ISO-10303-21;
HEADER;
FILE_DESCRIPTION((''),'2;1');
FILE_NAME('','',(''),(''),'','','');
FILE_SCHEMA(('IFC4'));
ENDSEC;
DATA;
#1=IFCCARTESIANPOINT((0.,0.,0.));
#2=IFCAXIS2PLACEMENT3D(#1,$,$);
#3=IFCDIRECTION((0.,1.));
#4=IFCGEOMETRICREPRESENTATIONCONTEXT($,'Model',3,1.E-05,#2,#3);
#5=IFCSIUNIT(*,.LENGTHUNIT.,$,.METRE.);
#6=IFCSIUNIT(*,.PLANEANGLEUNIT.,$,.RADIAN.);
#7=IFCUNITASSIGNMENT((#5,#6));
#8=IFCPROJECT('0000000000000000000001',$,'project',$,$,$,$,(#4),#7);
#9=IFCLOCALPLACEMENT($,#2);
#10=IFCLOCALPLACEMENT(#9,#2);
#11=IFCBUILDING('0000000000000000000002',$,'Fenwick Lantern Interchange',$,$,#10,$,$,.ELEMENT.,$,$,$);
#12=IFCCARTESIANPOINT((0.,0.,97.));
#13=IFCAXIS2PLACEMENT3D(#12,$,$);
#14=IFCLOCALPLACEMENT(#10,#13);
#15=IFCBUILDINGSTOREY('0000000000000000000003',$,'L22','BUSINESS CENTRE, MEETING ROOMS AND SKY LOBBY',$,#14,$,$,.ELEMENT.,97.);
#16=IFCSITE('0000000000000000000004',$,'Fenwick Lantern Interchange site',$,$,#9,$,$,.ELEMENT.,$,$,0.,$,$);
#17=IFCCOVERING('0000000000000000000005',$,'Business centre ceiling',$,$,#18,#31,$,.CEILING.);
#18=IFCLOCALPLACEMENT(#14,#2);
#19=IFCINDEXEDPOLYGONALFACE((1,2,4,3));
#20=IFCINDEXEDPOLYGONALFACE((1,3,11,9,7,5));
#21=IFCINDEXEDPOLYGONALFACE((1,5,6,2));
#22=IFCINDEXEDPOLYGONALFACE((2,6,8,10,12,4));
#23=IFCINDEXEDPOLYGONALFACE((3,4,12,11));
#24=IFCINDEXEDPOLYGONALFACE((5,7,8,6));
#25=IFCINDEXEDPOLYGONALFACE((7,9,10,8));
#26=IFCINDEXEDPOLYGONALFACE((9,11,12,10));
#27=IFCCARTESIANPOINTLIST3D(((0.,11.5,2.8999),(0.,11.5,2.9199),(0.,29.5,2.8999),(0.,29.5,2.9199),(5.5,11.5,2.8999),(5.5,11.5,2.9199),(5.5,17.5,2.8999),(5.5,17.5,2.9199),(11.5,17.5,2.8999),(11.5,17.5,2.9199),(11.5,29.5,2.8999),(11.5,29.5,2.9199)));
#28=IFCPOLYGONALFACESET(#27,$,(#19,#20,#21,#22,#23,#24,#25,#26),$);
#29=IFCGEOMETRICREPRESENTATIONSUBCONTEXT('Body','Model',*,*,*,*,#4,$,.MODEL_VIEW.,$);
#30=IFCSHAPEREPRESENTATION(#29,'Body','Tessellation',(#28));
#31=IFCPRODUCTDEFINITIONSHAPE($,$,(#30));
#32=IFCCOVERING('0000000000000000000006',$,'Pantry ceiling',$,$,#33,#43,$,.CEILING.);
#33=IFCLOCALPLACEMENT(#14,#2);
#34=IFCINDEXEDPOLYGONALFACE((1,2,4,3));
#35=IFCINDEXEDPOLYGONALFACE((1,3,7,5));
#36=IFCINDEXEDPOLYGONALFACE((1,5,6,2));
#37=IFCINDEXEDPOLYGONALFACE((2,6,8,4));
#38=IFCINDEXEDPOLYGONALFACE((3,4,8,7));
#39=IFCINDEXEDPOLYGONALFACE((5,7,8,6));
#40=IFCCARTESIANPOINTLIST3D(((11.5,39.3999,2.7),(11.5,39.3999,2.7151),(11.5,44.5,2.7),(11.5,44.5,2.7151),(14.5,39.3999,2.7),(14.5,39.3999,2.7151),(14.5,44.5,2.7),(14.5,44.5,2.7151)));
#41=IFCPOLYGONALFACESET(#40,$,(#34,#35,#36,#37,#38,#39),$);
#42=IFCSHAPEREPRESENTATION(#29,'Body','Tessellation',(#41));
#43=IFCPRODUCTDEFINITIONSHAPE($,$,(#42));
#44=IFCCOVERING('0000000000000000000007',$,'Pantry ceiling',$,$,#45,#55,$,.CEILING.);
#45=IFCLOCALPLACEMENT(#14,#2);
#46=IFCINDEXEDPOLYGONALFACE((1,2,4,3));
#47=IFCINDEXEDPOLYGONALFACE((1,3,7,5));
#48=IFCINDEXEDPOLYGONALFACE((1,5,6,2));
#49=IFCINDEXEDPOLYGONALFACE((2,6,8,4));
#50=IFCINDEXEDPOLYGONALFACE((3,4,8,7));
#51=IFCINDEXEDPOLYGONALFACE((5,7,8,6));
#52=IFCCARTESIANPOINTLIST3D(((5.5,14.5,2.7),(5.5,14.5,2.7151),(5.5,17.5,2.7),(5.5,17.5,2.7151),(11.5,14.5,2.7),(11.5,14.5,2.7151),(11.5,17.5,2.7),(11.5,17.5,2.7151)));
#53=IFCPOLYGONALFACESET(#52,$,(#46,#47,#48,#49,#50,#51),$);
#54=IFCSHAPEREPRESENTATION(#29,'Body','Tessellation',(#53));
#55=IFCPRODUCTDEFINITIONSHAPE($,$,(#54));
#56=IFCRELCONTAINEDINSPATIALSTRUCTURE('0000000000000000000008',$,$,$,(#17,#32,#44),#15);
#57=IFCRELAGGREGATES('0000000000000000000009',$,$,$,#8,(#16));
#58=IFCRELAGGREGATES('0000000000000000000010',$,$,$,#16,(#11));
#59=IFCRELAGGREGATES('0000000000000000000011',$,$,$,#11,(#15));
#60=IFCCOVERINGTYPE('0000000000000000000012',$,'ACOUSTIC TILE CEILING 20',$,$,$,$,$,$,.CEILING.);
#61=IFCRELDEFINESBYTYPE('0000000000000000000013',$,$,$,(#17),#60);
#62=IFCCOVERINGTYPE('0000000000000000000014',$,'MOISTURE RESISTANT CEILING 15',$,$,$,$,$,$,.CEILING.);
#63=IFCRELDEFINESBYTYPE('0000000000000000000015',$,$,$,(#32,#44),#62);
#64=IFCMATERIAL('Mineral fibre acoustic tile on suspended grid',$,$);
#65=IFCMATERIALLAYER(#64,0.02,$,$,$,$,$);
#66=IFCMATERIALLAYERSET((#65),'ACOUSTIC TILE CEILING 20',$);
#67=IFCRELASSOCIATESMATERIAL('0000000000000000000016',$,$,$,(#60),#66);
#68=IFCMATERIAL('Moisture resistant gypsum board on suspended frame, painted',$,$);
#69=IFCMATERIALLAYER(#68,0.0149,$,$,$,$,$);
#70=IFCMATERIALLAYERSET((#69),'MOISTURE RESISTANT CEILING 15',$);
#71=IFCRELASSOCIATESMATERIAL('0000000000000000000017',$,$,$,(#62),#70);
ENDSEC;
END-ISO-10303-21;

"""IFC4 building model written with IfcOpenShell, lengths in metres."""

from ifc_helpers import new_model, si_unit, direction, frame, origin, place, context, subcontext, project, spatial, polyline, outline, extrude, material, layer, layer_set, type_object, element, save


model = new_model("IFC4")

# Units and contexts
model_context = context("Model", 3, precision=1e-05, world=origin(), true_north=direction((0.0, 1.0)))
body_context = subcontext(model_context, "Body", "Model", "MODEL_VIEW")
ifc_project = project(units=[si_unit("LENGTHUNIT", "METRE"), si_unit("PLANEANGLEUNIT", "RADIAN")], contexts=[model_context])

# Site, building, storey
site_placement = place(None, origin())
site = spatial("IfcSite", under=ifc_project, at=site_placement, Name="Fenwick Lantern Interchange site", CompositionType="ELEMENT", RefElevation=0.0)
building_placement = place(site_placement, origin())
building = spatial("IfcBuilding", under=site, at=building_placement, Name="Fenwick Lantern Interchange", CompositionType="ELEMENT")
storey_placement = place(building_placement, frame((0.0, 0.0, 97.0)))
storey = spatial("IfcBuildingStorey", under=building, at=storey_placement, Name="L22", Description="BUSINESS CENTRE, MEETING ROOMS AND SKY LOBBY", CompositionType="ELEMENT", Elevation=97.0)

# Coverings
ifc_material_1 = material(Name="Mineral fibre acoustic tile on suspended grid")
ifc_layer_1 = layer(ifc_material_1, 0.02)
ifc_layer_set_1 = layer_set([ifc_layer_1], Name="ACOUSTIC TILE CEILING 20")
covering_type_1 = type_object("IfcCoveringType", Name="ACOUSTIC TILE CEILING 20", PredefinedType="CEILING", material=ifc_layer_set_1)
covering_1_placement = place(storey_placement, frame((0.0, 0.0, 2.8999)))
element("IfcCovering", 1, at=covering_1_placement, inside=storey, type_object=covering_type_1, Name="Business centre ceiling", PredefinedType="CEILING", context=body_context, shape_type="SweptSolid", body=[
    extrude(outline(polyline([(0.0, 29.5), (0.0, 11.5), (5.5, 11.5), (5.5, 17.5), (11.5, 17.5), (11.5, 29.5), (0.0, 29.5)])), origin(), (0.0, 0.0, 1.0), 0.02),
])
ifc_material_2 = material(Name="Moisture resistant gypsum board on suspended frame, painted")
ifc_layer_2 = layer(ifc_material_2, 0.0149)
ifc_layer_set_2 = layer_set([ifc_layer_2], Name="MOISTURE RESISTANT CEILING 15")
covering_type_2 = type_object("IfcCoveringType", Name="MOISTURE RESISTANT CEILING 15", PredefinedType="CEILING", material=ifc_layer_set_2)
covering_2_placement = place(storey_placement, frame((0.0, 0.0, 2.7)))
element("IfcCovering", 2, at=covering_2_placement, inside=storey, type_object=covering_type_2, Name="Pantry ceiling", PredefinedType="CEILING", context=body_context, shape_type="SweptSolid", body=[
    extrude(outline(polyline([(14.5, 44.5), (11.5, 44.5), (11.5, 39.3999), (14.5, 39.3999), (14.5, 44.5)])), origin(), (0.0, 0.0, 1.0), 0.0151),
])
covering_3_placement = place(storey_placement, frame((0.0, 0.0, 2.7)))
element("IfcCovering", 3, at=covering_3_placement, inside=storey, type_object=covering_type_2, Name="Pantry ceiling", PredefinedType="CEILING", context=body_context, shape_type="SweptSolid", body=[
    extrude(outline(polyline([(5.5, 17.5), (5.5, 14.5), (11.5, 14.5), (11.5, 17.5), (5.5, 17.5)])), origin(), (0.0, 0.0, 1.0), 0.0151),
])

save(model, "model.ifc")
